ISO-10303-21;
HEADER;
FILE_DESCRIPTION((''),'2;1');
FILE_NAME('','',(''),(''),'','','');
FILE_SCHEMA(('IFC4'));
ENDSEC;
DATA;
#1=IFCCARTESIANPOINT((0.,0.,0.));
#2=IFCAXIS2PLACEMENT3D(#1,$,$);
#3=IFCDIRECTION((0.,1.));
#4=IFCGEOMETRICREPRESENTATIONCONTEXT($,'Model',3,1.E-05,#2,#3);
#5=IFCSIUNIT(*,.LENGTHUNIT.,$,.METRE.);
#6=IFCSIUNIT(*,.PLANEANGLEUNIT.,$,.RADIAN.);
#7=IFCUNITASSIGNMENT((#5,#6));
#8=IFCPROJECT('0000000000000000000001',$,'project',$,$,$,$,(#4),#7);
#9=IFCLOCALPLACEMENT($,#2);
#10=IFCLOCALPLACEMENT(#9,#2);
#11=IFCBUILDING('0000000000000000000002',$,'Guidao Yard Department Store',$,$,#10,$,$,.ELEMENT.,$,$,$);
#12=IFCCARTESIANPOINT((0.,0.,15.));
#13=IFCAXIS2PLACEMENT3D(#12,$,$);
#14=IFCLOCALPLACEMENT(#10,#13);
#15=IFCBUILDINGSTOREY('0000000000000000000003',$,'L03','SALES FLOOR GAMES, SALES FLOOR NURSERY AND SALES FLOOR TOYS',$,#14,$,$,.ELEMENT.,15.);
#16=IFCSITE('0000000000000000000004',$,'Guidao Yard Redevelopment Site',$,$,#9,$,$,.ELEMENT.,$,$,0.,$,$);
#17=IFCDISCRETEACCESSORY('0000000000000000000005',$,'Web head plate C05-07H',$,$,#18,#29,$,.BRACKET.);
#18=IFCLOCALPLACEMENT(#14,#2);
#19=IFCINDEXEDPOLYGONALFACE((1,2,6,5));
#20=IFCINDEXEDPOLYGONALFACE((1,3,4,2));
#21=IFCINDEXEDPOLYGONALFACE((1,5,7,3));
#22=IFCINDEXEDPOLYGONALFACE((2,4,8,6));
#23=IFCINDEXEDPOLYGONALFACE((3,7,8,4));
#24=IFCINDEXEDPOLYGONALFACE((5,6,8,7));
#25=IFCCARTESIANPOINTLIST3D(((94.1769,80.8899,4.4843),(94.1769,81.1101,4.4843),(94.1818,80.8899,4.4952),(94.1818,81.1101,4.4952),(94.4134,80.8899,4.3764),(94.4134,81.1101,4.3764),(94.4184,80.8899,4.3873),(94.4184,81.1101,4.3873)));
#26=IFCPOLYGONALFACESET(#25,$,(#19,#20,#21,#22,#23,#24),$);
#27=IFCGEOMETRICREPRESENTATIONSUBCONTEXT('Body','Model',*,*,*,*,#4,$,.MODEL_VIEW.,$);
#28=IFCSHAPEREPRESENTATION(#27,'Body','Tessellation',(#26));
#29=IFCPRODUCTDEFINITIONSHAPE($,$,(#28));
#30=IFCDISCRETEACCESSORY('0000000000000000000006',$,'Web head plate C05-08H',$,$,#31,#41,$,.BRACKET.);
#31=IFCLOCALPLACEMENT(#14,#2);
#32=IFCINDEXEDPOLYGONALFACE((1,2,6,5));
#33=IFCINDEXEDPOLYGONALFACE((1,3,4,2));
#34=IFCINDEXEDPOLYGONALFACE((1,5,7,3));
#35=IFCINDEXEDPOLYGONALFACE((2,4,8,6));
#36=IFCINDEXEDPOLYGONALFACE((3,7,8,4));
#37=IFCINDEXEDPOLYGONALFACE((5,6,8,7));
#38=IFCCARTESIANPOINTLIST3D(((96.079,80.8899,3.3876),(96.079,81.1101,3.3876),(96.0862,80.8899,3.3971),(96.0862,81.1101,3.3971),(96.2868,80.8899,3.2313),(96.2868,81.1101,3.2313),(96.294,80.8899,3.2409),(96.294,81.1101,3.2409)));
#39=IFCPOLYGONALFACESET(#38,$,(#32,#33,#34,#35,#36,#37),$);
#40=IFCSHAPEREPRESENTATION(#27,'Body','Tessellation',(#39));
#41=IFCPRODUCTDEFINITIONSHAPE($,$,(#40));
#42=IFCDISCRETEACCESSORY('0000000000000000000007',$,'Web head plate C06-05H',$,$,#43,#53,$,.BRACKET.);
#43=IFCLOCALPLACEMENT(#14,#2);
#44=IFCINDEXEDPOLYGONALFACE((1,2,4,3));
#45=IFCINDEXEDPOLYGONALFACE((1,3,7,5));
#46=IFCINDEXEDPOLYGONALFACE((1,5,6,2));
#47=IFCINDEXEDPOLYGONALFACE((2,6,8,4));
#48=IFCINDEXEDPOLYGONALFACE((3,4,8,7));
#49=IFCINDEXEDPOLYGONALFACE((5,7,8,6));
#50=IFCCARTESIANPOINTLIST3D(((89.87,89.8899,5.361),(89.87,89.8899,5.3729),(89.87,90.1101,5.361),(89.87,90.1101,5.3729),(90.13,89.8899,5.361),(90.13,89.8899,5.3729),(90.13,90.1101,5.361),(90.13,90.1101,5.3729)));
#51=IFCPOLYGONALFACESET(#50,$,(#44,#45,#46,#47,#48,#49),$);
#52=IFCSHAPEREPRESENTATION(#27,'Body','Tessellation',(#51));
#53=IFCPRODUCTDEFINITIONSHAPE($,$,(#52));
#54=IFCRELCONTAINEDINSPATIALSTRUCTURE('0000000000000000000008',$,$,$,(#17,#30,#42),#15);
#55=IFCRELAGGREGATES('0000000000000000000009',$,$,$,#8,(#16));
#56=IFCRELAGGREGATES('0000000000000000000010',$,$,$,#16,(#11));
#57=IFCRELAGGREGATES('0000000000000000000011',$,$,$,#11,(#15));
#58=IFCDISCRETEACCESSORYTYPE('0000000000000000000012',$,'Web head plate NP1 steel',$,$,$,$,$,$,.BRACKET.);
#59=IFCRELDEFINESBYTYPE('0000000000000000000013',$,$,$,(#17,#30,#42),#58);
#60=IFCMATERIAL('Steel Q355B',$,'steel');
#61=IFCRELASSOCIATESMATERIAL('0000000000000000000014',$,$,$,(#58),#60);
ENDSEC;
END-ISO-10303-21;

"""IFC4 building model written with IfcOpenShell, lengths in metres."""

from ifc_helpers import new_model, si_unit, direction, frame, origin, origin_2d, place, context, subcontext, project, spatial, rectangle, extrude, material, material_profile, profile_set, type_object, element, save


model = new_model("IFC4")

# Units and contexts
model_context = context("Model", 3, precision=1e-05, world=origin(), true_north=direction((0.0, 1.0)))
body_context = subcontext(model_context, "Body", "Model", "MODEL_VIEW")
ifc_project = project(units=[si_unit("LENGTHUNIT", "METRE"), si_unit("PLANEANGLEUNIT", "RADIAN")], contexts=[model_context])

# Site, building, storey
site_placement = place(None, origin())
site = spatial("IfcSite", under=ifc_project, at=site_placement, Name="Guidao Yard Redevelopment Site", CompositionType="ELEMENT", RefElevation=0.0)
building_placement = place(site_placement, origin())
building = spatial("IfcBuilding", under=site, at=building_placement, Name="Guidao Yard Department Store", CompositionType="ELEMENT")
storey_placement = place(building_placement, frame((0.0, 0.0, 15.0)))
storey = spatial("IfcBuildingStorey", under=building, at=storey_placement, Name="L03", Description="SALES FLOOR GAMES, SALES FLOOR NURSERY AND SALES FLOOR TOYS", CompositionType="ELEMENT", Elevation=15.0)

# Discrete accessories
ifc_material_1 = material(Name="Steel Q355B", Category="steel")
ifc_material_profile_1 = material_profile(ifc_material_1, rectangle(XDim=0.26, YDim=0.012, at=origin_2d()), Name="Node plate 260x12")
ifc_profile_set_1 = profile_set([ifc_material_profile_1], Name="Steel Q355B")
discrete_accessory_type_1 = type_object("IfcDiscreteAccessoryType", Name="Web head plate NP1 steel", PredefinedType="BRACKET", material=ifc_profile_set_1)
for number, where, z_axis, x_axis, name in (
    (1, (94.2976, 80.8899, 4.4358), (0.0, 1.0, 0.0), (-0.909751, 0.0, 0.415155), "Web head plate C05-07H"),
    (2, (96.1865, 80.8899, 3.3142), (0.0, 1.0, 0.0), (-0.799284, 0.0, 0.600954), "Web head plate C05-08H"),
    (3, (90.0, 89.8899, 5.3669), (0.0, 1.0, 0.0), (-1.0, 0.0, 0.0), "Web head plate C06-05H"),
):
    element("IfcDiscreteAccessory", number, at=place(storey_placement, frame(where, z_axis=z_axis, x_axis=x_axis)), inside=storey, type_object=discrete_accessory_type_1, Name=name, PredefinedType="BRACKET", context=body_context, shape_type="SweptSolid", body=[
        extrude(rectangle(XDim=0.26, YDim=0.012, at=origin_2d()), origin(), (0.0, 0.0, 1.0), 0.2202),
    ])

save(model, "model.ifc")
